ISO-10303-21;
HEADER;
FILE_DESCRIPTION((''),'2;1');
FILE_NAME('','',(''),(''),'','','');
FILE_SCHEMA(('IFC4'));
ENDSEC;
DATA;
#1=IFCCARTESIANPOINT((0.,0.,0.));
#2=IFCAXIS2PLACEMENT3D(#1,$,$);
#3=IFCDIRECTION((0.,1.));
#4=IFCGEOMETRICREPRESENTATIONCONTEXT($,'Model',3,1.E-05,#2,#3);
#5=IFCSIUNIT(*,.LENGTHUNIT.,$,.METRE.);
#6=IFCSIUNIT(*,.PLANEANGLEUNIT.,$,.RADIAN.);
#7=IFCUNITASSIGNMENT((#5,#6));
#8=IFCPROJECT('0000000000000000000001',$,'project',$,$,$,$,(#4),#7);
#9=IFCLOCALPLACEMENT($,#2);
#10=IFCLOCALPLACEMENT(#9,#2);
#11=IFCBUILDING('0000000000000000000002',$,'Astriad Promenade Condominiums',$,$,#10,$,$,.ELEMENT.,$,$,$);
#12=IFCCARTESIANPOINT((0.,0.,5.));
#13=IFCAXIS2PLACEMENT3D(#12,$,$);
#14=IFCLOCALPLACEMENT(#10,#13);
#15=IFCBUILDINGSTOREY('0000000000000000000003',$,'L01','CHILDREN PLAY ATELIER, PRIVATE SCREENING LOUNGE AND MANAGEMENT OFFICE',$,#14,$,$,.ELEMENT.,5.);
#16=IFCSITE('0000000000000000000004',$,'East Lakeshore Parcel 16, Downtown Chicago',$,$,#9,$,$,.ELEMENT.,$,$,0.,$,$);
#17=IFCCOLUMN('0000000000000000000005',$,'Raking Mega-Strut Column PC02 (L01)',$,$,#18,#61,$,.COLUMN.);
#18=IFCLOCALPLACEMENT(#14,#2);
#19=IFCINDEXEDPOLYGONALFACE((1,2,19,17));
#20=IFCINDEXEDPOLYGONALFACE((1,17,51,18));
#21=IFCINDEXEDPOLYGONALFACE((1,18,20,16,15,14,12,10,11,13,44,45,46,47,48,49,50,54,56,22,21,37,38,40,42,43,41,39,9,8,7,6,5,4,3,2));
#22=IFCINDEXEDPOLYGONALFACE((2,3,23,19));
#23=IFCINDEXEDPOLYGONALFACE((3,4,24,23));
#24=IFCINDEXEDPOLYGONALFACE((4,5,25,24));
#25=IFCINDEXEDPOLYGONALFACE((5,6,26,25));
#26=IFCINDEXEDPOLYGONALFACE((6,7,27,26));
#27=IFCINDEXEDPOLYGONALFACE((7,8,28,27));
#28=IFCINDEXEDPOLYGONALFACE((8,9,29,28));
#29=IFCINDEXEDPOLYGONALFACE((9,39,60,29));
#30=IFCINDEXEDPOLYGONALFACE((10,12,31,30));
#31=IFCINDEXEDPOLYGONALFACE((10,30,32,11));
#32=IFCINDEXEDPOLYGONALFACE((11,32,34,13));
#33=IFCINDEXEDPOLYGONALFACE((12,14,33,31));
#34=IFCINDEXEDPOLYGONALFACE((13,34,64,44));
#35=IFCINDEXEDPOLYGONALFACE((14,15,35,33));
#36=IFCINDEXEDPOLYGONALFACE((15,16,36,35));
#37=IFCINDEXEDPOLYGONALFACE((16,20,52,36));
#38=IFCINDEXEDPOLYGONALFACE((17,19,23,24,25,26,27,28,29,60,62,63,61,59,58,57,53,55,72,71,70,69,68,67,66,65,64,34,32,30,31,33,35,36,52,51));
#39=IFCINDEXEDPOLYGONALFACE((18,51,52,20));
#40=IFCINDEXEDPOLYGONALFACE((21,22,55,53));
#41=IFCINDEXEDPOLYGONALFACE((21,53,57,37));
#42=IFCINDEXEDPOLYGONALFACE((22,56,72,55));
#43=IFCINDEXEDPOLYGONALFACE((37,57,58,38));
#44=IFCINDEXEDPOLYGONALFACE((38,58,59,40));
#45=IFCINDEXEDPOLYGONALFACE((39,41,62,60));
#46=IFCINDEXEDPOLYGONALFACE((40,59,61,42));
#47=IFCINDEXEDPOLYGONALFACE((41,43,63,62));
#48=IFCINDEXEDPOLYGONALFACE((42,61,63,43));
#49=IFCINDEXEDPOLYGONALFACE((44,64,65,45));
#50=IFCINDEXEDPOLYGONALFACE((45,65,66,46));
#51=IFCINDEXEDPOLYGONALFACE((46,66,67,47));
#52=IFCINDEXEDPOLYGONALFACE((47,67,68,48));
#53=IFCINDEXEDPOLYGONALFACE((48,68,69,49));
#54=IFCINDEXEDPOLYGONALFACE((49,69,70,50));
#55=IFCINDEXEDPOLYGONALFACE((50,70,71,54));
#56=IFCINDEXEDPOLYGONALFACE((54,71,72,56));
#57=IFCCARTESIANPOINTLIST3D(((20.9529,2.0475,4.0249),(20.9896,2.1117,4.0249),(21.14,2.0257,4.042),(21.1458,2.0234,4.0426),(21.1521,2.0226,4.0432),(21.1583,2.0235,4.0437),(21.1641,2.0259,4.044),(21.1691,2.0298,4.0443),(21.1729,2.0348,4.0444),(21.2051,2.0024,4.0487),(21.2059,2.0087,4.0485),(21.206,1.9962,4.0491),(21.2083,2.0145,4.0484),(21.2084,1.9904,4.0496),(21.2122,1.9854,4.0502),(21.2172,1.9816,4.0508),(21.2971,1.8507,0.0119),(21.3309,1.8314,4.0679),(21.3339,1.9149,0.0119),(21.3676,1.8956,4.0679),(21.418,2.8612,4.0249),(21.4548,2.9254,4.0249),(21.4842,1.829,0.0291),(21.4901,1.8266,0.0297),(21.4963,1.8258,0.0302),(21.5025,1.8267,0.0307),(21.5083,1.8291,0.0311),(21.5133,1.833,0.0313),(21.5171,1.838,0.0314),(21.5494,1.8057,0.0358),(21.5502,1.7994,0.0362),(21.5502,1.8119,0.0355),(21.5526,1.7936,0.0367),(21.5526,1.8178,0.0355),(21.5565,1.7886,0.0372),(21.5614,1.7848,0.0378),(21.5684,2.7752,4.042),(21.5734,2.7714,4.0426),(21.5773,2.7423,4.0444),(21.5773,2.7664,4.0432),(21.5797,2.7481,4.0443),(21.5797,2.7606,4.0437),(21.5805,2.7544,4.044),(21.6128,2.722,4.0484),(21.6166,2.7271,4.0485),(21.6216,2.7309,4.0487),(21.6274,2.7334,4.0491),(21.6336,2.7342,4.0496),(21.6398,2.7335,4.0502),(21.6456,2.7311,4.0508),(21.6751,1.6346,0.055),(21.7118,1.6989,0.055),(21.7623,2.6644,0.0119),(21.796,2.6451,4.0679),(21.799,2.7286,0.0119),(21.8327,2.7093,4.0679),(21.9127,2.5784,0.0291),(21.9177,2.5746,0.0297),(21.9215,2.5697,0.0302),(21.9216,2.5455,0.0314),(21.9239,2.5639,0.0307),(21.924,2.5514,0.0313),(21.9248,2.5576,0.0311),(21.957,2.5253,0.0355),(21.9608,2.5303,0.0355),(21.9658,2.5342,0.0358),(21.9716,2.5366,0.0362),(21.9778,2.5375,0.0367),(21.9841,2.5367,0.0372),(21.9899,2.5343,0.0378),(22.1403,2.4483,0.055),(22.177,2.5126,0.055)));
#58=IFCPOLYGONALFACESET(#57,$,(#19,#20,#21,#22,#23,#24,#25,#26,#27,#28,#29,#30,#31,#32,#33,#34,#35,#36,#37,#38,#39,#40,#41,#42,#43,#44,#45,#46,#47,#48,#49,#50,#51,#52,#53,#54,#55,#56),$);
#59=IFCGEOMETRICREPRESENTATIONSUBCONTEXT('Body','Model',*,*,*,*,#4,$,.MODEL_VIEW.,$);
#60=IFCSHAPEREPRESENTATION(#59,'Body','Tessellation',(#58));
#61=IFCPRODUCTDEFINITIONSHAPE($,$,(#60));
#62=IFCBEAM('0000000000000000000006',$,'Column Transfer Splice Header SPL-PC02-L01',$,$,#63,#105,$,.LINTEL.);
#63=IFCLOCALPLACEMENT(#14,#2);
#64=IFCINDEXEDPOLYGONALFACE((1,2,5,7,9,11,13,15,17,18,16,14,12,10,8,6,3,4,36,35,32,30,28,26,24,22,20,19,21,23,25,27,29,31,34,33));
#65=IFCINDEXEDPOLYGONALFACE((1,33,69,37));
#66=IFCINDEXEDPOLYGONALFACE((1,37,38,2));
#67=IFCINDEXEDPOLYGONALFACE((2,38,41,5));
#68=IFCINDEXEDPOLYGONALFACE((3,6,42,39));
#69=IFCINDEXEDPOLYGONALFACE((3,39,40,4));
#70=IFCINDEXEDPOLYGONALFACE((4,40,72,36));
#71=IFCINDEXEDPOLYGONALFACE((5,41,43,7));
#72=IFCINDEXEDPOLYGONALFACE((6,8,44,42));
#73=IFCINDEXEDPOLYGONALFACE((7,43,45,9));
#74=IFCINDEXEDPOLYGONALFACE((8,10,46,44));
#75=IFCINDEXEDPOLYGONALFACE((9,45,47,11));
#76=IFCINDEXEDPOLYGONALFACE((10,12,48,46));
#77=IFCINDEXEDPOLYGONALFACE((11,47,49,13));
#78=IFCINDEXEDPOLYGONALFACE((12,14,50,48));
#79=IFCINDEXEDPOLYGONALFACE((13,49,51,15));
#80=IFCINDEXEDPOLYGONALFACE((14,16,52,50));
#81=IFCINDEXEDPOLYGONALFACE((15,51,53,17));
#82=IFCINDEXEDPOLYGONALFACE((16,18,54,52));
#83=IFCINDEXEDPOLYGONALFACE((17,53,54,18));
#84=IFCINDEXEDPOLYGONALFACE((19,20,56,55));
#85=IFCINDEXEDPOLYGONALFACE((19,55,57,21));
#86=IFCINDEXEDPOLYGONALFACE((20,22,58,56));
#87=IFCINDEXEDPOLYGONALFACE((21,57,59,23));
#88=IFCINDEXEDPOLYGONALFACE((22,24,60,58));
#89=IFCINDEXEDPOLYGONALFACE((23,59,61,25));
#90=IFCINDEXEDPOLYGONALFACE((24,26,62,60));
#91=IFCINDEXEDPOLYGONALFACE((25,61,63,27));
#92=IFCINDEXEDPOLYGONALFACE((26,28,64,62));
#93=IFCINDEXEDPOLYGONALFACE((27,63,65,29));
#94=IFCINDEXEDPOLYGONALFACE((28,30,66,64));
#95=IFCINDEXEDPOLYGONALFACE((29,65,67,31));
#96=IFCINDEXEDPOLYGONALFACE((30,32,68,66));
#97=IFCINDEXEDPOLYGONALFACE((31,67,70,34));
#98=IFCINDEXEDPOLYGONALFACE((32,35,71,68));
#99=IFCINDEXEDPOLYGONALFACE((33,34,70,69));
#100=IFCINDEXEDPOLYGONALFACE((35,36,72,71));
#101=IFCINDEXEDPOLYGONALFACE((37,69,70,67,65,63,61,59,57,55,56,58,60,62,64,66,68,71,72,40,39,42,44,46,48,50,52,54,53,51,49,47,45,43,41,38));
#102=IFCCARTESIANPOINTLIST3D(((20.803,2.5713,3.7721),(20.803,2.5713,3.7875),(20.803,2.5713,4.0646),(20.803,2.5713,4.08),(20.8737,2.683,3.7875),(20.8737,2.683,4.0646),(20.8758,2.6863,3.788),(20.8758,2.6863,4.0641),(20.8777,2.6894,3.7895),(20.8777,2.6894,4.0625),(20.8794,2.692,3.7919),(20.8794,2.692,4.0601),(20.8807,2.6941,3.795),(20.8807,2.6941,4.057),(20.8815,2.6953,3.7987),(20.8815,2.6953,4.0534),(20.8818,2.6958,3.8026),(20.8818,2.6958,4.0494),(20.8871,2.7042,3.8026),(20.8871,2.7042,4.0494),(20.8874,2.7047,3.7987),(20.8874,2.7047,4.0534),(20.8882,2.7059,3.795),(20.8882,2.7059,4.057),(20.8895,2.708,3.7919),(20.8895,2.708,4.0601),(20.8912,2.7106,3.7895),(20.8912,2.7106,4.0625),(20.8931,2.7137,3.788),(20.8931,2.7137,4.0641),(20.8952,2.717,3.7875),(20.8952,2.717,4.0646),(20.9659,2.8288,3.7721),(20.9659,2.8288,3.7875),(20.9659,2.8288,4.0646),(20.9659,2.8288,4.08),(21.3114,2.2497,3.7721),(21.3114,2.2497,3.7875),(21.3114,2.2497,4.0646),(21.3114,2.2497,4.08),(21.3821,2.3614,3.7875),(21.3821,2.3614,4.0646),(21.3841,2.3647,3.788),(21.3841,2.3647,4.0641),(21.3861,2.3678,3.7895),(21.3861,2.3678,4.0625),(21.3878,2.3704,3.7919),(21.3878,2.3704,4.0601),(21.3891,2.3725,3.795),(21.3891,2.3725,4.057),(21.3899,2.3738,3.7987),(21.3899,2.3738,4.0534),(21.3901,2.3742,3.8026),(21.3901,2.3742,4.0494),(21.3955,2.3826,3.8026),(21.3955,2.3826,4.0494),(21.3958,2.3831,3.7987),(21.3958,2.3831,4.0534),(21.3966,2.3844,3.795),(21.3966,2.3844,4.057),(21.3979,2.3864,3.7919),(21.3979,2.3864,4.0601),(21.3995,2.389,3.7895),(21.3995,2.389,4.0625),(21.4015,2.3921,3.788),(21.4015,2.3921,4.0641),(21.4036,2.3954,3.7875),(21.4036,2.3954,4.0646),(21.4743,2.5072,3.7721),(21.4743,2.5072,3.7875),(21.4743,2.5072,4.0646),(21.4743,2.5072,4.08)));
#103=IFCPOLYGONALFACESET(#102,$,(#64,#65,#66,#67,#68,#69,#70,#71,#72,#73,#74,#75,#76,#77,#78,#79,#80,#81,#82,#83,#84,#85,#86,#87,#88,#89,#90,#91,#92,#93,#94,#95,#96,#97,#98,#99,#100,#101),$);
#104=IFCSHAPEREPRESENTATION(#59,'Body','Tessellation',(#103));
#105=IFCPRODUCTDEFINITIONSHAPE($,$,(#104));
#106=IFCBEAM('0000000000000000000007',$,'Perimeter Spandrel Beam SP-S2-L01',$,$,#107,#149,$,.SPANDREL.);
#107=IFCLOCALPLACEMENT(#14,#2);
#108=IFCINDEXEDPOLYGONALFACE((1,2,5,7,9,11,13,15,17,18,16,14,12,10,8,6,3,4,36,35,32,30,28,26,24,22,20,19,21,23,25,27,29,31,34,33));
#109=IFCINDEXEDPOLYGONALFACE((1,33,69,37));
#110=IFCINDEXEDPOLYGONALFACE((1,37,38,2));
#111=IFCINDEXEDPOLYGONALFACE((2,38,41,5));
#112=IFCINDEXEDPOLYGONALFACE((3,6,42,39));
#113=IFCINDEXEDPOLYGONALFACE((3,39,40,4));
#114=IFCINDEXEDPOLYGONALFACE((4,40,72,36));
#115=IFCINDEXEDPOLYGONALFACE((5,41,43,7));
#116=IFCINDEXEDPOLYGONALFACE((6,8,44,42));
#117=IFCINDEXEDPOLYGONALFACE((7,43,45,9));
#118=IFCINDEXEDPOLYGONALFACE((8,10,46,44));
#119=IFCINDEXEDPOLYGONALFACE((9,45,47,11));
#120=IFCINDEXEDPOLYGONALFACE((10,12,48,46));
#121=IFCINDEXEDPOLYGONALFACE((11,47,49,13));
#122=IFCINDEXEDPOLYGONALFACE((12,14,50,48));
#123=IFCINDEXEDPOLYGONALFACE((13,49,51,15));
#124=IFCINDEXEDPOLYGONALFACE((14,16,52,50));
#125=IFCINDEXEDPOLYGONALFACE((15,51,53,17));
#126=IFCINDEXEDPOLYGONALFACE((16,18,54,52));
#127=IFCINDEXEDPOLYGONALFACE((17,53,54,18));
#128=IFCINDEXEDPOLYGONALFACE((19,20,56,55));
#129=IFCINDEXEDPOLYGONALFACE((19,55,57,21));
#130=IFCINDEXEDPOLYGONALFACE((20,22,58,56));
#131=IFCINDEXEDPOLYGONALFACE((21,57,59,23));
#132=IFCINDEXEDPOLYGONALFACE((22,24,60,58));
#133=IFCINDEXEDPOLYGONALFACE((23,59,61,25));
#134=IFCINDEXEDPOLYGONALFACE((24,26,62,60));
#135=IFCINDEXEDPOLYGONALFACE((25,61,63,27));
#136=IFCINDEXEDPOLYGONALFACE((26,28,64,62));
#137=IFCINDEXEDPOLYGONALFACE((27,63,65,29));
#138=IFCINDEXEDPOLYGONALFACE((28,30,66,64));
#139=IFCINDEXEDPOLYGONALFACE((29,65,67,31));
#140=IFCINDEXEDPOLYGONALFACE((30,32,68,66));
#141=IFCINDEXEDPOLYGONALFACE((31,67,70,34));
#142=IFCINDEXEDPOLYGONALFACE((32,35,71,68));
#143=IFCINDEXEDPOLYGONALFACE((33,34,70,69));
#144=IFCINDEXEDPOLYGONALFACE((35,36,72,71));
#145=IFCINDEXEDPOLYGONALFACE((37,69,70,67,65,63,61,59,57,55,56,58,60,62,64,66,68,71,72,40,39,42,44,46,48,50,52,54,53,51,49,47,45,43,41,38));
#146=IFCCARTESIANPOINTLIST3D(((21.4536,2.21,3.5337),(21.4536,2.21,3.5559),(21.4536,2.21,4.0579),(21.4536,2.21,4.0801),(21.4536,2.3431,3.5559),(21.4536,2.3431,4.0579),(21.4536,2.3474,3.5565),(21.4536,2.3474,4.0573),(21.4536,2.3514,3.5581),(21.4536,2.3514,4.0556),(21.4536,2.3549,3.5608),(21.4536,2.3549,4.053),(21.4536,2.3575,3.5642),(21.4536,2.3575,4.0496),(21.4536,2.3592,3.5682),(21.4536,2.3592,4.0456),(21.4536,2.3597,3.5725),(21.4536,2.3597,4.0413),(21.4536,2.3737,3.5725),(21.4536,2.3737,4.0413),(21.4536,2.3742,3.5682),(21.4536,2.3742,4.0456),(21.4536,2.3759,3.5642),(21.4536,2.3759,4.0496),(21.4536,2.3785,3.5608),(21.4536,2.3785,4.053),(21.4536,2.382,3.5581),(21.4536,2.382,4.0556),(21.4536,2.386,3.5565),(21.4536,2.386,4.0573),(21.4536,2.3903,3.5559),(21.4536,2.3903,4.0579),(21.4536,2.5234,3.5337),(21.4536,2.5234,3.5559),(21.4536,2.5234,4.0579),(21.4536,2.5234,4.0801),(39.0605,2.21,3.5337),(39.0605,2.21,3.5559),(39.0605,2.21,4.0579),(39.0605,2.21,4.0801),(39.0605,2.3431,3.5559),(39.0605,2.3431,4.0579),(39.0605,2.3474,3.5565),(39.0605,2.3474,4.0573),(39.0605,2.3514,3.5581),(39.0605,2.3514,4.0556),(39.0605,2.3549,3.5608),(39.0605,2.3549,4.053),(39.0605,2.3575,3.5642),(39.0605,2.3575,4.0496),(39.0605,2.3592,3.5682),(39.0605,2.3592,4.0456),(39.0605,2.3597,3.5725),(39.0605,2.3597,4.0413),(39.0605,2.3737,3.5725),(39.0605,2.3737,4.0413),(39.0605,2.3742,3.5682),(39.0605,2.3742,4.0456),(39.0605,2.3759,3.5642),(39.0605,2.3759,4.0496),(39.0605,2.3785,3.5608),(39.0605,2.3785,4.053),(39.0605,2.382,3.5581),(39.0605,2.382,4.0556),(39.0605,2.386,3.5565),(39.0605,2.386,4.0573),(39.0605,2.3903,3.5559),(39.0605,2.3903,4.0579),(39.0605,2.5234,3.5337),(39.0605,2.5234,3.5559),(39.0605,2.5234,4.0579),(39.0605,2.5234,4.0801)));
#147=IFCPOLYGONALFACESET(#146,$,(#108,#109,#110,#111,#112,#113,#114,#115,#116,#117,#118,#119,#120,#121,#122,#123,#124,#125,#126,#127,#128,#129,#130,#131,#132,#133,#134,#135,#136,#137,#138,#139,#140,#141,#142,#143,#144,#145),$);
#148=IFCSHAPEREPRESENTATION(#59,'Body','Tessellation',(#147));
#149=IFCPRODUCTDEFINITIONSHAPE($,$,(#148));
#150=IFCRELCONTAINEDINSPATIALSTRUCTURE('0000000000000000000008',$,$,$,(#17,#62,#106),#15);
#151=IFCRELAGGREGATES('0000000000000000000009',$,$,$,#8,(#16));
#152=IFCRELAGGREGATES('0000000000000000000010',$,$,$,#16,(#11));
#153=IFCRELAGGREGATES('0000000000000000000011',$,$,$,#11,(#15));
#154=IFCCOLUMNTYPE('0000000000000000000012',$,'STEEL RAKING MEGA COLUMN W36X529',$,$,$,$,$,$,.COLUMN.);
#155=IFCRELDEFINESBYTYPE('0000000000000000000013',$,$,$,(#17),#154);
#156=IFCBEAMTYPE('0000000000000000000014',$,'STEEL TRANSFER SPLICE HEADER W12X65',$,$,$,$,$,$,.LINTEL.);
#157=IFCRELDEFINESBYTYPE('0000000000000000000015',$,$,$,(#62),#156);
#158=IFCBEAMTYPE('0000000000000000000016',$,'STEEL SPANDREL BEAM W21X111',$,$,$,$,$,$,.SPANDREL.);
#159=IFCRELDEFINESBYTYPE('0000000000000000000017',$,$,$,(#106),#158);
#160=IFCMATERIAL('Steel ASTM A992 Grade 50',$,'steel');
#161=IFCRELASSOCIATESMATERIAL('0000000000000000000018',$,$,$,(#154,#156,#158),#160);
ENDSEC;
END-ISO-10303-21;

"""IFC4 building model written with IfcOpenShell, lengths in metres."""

from ifc_helpers import new_model, si_unit, direction, frame, origin, origin_2d, place, context, subcontext, project, spatial, i_section, extrude, source, transform, mapped, material, material_profile, profile_set, type_object, type_shapes, element, save


model = new_model("IFC4")

# Units and contexts
model_context = context("Model", 3, precision=1e-05, world=origin(), true_north=direction((0.0, 1.0)))
body_context = subcontext(model_context, "Body", "Model", "MODEL_VIEW")
ifc_project = project(units=[si_unit("LENGTHUNIT", "METRE"), si_unit("PLANEANGLEUNIT", "RADIAN")], contexts=[model_context])

# Site, building, storey
site_placement = place(None, origin())
site = spatial("IfcSite", under=ifc_project, at=site_placement, Name="East Lakeshore Parcel 16, Downtown Chicago", CompositionType="ELEMENT", RefElevation=0.0)
building_placement = place(site_placement, origin())
building = spatial("IfcBuilding", under=site, at=building_placement, Name="Astriad Promenade Condominiums", CompositionType="ELEMENT")
storey_placement = place(building_placement, frame((0.0, 0.0, 5.0)))
storey = spatial("IfcBuildingStorey", under=building, at=storey_placement, Name="L01", Description="CHILDREN PLAY ATELIER, PRIVATE SCREENING LOUNGE AND MANAGEMENT OFFICE", CompositionType="ELEMENT", Elevation=5.0)

# Column
ifc_material_1 = material(Name="Steel ASTM A992 Grade 50", Category="steel")
ifc_material_profile_1 = material_profile(ifc_material_1, i_section(OverallWidth=0.4375, OverallDepth=1.0112, WebThickness=0.041, FlangeThickness=0.074, FilletRadius=0.0242, at=origin_2d()), Name="W36X529")
ifc_profile_set_1 = profile_set([ifc_material_profile_1], Name="Steel ASTM A992 Grade 50")
column_type = type_object("IfcColumnType", Name="STEEL RAKING MEGA COLUMN W36X529", PredefinedType="COLUMN", material=ifc_profile_set_1)
shared_shape_1 = source(origin(), body_context, "Body", "SweptSolid", [
    extrude(i_section(OverallWidth=0.4375, OverallDepth=1.0112, WebThickness=0.041, FlangeThickness=0.074, FilletRadius=0.0242, at=origin_2d()), origin(), (0.0, 0.0, 1.0), 4.0325),
])
type_shapes(column_type, [shared_shape_1])
column_placement = place(storey_placement, frame((21.7371, 2.1816, 0.0334), z_axis=(-0.085366, 0.048798, 0.995154), x_axis=(0.86396, -0.493867, 0.098329)))
element("IfcColumn", 1, at=column_placement, inside=storey, type_object=column_type, Name="Raking Mega-Strut Column PC02 (L01)", PredefinedType="COLUMN", context=body_context, shape_type="MappedRepresentation", body=[
    mapped(shared_shape_1, transform((0.0, 0.0, 0.0), scale=1.0)),
])

# Beams
ifc_material_profile_2 = material_profile(ifc_material_1, i_section(OverallWidth=0.3047, OverallDepth=0.3079, WebThickness=0.01, FlangeThickness=0.0154, FilletRadius=0.0151, at=origin_2d()), Name="W12X65")
ifc_profile_set_2 = profile_set([ifc_material_profile_2], Name="Steel ASTM A992 Grade 50")
beam_type_1 = type_object("IfcBeamType", Name="STEEL TRANSFER SPLICE HEADER W12X65", PredefinedType="LINTEL", material=ifc_profile_set_2)
shared_shape_2 = source(origin(), body_context, "Body", "SweptSolid", [
    extrude(i_section(OverallWidth=0.3047, OverallDepth=0.3079, WebThickness=0.01, FlangeThickness=0.0154, FilletRadius=0.0151, at=origin_2d()), origin(), (0.0, 0.0, 1.0), 0.6016),
])
type_shapes(beam_type_1, [shared_shape_2])
beam_1_placement = place(storey_placement, frame((21.3928, 2.3784, 3.926), z_axis=(-0.845113, 0.534588, 0.0), x_axis=(-0.534588, -0.845113, 0.0)))
element("IfcBeam", 2, at=beam_1_placement, inside=storey, type_object=beam_type_1, Name="Column Transfer Splice Header SPL-PC02-L01", PredefinedType="LINTEL", context=body_context, shape_type="MappedRepresentation", body=[
    mapped(shared_shape_2, transform((0.0, 0.0, 0.0), scale=1.0)),
])
ifc_material_profile_3 = material_profile(ifc_material_1, i_section(OverallWidth=0.3135, OverallDepth=0.5464, WebThickness=0.0139, FlangeThickness=0.0222, FilletRadius=0.0166, at=origin_2d()), Name="W21X111")
ifc_profile_set_3 = profile_set([ifc_material_profile_3], Name="Steel ASTM A992 Grade 50")
beam_type_2 = type_object("IfcBeamType", Name="STEEL SPANDREL BEAM W21X111", PredefinedType="SPANDREL", material=ifc_profile_set_3)
shared_shape_3 = source(origin(), body_context, "Body", "SweptSolid", [
    extrude(i_section(OverallWidth=0.3135, OverallDepth=0.5464, WebThickness=0.0139, FlangeThickness=0.0222, FilletRadius=0.0166, at=origin_2d()), origin(), (0.0, 0.0, 1.0), 17.6069),
])
type_shapes(beam_type_2, [shared_shape_3])
beam_2_placement = place(storey_placement, frame((21.4536, 2.3667, 3.8069), z_axis=(1.0, 0.0, 0.0), x_axis=(0.0, 1.0, 0.0)))
element("IfcBeam", 3, at=beam_2_placement, inside=storey, type_object=beam_type_2, Name="Perimeter Spandrel Beam SP-S2-L01", PredefinedType="SPANDREL", context=body_context, shape_type="MappedRepresentation", body=[
    mapped(shared_shape_3, transform((0.0, 0.0, 0.0), scale=1.0)),
])

save(model, "model.ifc")
